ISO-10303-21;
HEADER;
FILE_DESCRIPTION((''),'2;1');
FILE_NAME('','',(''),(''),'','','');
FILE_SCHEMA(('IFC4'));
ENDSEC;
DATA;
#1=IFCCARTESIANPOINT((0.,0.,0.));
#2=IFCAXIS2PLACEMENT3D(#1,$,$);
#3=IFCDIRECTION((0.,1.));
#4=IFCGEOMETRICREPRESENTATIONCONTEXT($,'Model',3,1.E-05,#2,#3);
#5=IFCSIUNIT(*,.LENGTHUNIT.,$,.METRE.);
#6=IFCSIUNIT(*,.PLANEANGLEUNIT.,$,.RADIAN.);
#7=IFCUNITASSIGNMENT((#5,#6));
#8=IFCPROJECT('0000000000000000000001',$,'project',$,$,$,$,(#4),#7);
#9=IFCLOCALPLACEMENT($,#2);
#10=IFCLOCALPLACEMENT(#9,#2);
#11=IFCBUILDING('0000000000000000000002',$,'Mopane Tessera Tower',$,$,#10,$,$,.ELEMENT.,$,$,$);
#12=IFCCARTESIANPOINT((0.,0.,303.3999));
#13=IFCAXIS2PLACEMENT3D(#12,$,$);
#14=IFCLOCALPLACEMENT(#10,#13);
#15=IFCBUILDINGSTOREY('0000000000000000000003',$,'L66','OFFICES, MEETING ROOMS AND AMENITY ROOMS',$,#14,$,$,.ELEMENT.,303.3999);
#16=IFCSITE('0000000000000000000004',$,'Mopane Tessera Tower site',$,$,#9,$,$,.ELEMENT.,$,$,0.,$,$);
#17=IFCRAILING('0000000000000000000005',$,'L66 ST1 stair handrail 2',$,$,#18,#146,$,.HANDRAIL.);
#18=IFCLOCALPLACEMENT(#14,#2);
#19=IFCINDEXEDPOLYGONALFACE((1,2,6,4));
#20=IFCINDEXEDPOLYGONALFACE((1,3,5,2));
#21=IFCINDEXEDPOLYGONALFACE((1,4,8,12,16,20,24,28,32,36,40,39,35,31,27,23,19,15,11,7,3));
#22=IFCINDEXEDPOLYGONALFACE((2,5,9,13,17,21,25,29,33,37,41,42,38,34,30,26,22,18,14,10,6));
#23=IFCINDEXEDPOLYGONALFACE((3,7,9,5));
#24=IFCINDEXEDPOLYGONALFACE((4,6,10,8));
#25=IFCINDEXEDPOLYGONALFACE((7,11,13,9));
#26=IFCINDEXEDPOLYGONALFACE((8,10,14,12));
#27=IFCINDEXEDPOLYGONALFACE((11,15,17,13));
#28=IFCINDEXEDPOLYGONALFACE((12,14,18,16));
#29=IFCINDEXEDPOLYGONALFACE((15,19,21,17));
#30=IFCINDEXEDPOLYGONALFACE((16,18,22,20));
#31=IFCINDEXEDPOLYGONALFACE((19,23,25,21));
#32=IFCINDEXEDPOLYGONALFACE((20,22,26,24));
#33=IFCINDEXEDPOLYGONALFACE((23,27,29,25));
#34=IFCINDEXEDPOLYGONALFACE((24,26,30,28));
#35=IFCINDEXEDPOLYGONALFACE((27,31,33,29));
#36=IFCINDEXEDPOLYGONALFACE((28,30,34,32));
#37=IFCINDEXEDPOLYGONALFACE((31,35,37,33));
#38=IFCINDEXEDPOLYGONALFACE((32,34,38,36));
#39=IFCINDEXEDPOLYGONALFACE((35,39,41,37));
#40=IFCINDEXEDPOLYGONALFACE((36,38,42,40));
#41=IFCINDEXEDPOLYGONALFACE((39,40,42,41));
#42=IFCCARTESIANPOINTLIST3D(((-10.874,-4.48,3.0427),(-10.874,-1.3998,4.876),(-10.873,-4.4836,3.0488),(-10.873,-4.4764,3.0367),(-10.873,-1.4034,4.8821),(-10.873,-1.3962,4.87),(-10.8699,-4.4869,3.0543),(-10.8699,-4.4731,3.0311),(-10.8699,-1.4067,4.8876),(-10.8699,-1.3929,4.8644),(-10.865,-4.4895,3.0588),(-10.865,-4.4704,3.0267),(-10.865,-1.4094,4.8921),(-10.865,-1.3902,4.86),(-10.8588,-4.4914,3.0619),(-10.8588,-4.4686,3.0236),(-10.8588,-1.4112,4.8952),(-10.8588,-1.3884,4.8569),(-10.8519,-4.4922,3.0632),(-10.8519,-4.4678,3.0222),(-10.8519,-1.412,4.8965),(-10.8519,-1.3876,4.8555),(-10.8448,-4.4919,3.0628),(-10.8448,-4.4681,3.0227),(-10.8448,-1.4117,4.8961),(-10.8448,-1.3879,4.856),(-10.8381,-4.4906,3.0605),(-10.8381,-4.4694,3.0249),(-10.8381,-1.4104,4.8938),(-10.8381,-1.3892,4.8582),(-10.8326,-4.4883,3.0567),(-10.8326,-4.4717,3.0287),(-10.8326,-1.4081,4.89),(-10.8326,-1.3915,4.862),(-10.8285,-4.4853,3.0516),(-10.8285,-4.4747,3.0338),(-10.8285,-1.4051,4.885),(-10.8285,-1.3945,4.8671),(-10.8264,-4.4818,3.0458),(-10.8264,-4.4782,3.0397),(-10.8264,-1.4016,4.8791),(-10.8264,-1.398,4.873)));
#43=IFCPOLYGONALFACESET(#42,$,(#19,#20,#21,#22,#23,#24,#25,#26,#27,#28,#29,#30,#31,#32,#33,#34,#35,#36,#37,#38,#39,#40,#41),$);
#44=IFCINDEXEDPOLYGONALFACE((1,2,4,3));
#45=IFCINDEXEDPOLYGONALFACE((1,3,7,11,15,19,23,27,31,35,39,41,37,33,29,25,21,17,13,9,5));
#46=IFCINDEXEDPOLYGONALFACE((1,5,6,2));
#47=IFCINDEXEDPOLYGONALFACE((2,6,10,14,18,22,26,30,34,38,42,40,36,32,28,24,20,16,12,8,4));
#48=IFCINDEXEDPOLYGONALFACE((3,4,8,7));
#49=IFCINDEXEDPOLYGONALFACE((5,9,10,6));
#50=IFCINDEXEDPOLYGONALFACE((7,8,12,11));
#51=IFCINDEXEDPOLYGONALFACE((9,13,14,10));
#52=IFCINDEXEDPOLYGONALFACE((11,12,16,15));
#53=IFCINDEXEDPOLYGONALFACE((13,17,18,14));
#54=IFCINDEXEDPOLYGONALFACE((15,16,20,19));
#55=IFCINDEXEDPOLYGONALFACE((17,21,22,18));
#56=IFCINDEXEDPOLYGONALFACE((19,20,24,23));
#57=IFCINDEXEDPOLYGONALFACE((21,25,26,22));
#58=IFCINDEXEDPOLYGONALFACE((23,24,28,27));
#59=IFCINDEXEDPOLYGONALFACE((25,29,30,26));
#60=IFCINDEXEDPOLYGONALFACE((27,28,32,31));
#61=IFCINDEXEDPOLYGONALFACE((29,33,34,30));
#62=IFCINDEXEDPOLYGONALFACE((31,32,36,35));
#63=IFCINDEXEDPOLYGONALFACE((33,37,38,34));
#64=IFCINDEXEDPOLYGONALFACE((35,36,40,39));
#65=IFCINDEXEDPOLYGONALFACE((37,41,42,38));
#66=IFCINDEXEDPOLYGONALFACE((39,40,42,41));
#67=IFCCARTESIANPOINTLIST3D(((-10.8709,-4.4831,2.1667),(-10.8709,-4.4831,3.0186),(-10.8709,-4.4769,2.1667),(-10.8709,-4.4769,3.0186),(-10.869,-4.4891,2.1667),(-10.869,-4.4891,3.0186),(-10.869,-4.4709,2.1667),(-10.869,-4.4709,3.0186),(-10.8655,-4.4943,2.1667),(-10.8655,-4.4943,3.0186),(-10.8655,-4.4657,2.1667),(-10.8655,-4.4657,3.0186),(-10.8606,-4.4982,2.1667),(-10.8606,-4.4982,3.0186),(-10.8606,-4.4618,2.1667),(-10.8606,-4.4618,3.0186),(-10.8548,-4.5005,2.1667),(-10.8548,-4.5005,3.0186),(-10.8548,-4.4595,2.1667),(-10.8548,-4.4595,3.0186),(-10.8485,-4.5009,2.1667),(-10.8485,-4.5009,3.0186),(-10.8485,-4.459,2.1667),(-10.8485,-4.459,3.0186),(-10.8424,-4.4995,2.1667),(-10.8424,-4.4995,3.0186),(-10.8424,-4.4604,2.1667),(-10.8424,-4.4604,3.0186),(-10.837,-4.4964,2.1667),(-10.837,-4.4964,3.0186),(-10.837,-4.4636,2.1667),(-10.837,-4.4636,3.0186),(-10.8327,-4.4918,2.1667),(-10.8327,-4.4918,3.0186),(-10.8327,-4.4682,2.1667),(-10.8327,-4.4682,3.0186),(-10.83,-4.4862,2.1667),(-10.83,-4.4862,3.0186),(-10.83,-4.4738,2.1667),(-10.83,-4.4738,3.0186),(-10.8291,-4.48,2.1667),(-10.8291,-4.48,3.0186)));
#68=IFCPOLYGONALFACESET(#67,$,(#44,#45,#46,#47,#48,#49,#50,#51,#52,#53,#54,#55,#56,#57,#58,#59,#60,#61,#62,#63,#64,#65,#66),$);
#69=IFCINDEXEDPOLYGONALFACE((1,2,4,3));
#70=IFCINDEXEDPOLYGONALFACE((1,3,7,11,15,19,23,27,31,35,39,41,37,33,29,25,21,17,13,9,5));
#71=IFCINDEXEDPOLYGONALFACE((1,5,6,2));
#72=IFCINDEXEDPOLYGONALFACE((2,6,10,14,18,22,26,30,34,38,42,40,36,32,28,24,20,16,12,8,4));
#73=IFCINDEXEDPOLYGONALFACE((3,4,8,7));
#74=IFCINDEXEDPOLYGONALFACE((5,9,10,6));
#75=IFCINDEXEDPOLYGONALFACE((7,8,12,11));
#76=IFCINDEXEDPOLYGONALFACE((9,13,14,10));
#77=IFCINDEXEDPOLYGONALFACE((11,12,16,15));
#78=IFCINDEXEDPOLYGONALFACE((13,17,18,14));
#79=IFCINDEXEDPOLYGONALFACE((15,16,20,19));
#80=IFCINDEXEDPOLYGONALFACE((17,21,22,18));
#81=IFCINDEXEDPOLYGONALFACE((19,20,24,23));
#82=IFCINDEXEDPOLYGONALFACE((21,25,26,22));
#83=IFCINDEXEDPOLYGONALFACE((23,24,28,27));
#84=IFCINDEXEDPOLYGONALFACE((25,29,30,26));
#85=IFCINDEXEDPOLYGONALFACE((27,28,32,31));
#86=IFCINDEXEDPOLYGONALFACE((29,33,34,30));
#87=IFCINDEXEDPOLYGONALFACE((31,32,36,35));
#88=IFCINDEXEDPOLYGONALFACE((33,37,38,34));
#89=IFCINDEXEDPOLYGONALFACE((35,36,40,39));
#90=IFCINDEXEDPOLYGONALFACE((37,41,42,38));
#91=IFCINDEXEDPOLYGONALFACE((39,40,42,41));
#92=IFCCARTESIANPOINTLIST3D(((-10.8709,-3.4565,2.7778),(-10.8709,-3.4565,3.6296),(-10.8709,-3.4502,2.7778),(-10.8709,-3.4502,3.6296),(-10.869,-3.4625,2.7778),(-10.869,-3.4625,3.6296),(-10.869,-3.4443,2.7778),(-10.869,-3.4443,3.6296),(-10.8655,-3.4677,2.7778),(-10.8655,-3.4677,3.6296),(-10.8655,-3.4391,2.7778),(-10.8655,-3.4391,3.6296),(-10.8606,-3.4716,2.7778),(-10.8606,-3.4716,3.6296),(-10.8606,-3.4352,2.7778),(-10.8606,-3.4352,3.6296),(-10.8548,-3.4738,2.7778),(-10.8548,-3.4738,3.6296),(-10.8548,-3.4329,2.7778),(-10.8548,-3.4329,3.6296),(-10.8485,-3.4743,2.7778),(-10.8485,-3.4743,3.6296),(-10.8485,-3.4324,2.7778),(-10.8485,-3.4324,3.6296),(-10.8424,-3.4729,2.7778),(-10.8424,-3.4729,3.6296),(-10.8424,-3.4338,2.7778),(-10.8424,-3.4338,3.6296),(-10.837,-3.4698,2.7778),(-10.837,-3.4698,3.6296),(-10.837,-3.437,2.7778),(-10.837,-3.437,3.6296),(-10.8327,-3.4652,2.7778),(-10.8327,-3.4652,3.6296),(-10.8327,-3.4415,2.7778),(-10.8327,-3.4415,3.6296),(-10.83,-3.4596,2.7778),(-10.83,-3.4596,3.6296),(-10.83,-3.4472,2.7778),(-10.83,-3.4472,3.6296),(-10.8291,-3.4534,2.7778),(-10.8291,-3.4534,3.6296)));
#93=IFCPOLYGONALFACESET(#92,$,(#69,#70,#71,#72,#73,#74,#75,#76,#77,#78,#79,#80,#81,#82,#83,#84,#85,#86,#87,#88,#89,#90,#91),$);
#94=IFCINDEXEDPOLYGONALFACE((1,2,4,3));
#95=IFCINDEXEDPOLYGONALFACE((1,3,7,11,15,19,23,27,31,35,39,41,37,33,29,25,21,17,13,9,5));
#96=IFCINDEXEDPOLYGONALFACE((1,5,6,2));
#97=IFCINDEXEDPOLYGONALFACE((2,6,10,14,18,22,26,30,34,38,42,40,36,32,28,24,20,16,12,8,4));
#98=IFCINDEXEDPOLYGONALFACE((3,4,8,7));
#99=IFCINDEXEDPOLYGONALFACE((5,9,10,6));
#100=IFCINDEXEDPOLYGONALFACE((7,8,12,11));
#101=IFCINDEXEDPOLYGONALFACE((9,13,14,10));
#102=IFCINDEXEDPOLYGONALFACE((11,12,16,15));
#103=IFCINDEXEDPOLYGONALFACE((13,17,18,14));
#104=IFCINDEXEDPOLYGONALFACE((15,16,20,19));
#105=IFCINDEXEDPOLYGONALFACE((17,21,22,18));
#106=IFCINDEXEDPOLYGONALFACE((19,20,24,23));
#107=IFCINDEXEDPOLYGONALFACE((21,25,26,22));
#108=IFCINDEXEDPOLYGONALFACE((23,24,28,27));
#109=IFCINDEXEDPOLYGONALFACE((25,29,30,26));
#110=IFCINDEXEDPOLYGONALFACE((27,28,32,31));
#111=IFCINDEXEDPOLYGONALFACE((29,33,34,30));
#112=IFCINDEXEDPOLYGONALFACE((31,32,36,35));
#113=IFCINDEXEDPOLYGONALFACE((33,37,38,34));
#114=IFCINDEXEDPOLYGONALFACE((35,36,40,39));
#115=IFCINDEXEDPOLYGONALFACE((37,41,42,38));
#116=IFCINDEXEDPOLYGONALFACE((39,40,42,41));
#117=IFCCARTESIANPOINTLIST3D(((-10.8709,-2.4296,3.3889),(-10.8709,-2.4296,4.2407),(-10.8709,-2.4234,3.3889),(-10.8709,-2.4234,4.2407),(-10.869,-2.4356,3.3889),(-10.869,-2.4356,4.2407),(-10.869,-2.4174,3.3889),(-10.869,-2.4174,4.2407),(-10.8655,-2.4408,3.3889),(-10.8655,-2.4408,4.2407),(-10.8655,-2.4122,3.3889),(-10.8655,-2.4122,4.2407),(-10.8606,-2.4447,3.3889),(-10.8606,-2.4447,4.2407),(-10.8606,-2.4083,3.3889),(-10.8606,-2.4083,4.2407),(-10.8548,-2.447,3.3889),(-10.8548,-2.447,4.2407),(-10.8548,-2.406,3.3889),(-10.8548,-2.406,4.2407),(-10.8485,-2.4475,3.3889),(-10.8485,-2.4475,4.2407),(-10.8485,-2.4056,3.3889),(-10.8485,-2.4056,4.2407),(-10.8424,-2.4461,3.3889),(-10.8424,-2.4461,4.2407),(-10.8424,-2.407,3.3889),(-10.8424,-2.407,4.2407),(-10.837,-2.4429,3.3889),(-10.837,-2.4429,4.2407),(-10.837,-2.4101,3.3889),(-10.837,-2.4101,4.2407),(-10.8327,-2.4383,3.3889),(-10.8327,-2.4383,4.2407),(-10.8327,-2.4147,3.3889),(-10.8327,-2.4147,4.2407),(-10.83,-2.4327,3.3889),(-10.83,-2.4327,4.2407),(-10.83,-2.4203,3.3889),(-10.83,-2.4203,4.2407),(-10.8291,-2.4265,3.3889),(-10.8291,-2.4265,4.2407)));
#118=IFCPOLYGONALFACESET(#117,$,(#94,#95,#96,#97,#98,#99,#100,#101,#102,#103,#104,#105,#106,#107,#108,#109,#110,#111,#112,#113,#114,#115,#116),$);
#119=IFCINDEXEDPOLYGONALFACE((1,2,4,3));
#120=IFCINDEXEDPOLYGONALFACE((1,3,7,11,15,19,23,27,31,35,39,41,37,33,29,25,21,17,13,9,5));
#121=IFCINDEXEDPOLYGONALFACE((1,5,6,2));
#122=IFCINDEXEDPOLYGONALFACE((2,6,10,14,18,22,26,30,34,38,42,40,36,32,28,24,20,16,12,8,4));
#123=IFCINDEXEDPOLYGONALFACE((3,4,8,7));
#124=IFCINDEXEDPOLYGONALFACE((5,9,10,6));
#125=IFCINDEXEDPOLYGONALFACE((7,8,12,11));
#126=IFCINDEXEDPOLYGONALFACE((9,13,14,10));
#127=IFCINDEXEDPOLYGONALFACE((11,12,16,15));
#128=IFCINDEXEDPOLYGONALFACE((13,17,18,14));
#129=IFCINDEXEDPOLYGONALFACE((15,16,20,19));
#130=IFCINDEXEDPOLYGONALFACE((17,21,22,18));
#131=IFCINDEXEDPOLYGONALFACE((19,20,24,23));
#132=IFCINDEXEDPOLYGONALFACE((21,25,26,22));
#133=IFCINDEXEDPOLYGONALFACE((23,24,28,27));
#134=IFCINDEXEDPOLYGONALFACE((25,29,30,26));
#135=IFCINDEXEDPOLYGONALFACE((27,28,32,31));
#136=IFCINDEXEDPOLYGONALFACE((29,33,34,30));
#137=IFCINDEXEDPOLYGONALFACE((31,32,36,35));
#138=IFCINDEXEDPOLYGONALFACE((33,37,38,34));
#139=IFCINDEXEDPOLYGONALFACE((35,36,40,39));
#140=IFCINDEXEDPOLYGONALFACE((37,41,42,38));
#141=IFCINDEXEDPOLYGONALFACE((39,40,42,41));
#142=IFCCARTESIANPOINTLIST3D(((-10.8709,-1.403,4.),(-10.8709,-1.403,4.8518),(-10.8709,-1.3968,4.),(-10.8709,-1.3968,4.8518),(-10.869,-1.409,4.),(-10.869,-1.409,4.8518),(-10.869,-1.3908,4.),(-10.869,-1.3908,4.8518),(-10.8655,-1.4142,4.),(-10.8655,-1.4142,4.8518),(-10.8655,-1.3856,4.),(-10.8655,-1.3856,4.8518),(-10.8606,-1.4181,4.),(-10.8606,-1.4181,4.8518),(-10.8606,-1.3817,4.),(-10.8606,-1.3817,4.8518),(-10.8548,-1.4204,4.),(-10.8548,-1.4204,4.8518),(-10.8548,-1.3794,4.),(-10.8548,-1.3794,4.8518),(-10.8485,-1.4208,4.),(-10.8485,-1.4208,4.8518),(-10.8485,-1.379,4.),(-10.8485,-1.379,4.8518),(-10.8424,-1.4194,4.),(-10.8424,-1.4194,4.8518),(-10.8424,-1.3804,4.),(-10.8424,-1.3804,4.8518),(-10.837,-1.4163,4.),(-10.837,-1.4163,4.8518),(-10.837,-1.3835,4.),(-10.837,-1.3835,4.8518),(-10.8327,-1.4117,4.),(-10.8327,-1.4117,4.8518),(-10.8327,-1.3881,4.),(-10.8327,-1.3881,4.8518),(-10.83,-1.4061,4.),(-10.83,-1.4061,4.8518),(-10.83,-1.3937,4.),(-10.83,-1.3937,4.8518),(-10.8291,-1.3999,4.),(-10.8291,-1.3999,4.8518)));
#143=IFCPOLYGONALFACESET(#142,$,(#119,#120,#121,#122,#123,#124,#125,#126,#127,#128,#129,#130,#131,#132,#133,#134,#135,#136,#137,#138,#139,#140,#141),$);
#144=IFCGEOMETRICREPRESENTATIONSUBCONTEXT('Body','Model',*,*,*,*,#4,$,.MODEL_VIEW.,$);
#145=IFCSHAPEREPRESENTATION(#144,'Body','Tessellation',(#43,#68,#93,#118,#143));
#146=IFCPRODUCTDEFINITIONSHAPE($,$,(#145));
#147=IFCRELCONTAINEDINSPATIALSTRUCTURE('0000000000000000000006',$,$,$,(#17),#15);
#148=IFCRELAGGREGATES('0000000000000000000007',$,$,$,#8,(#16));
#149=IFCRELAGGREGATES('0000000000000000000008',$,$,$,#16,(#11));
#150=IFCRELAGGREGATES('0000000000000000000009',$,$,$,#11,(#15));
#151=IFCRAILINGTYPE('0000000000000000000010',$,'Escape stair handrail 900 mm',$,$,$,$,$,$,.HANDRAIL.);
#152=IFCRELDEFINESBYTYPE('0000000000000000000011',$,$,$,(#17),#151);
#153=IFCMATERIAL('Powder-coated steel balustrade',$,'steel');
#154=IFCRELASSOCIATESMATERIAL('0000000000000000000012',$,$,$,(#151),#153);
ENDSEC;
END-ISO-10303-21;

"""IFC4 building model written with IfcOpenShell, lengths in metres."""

from ifc_helpers import new_model, si_unit, direction, frame, origin, origin_2d, place, context, subcontext, project, spatial, circle, extrude, material, type_object, element, save


model = new_model("IFC4")

# Units and contexts
model_context = context("Model", 3, precision=1e-05, world=origin(), true_north=direction((0.0, 1.0)))
body_context = subcontext(model_context, "Body", "Model", "MODEL_VIEW")
ifc_project = project(units=[si_unit("LENGTHUNIT", "METRE"), si_unit("PLANEANGLEUNIT", "RADIAN")], contexts=[model_context])

# Site, building, storey
site_placement = place(None, origin())
site = spatial("IfcSite", under=ifc_project, at=site_placement, Name="Mopane Tessera Tower site", CompositionType="ELEMENT", RefElevation=0.0)
building_placement = place(site_placement, origin())
building = spatial("IfcBuilding", under=site, at=building_placement, Name="Mopane Tessera Tower", CompositionType="ELEMENT")
storey_placement = place(building_placement, frame((0.0, 0.0, 303.3999)))
storey = spatial("IfcBuildingStorey", under=building, at=storey_placement, Name="L66", Description="OFFICES, MEETING ROOMS AND AMENITY ROOMS", CompositionType="ELEMENT", Elevation=303.3999)

# Railing
ifc_material_1 = material(Name="Powder-coated steel balustrade", Category="steel")
railing_type_1 = type_object("IfcRailingType", Name="Escape stair handrail 900 mm", PredefinedType="HANDRAIL", material=ifc_material_1)
railing_1_placement = place(storey_placement, frame((-10.8501, -4.48, 2.1667)))
element("IfcRailing", 1, at=railing_1_placement, inside=storey, type_object=railing_type_1, Name="L66 ST1 stair handrail 2", PredefinedType="HANDRAIL", context=body_context, shape_type="SweptSolid", body=[
    extrude(circle(Radius=0.0239, at=origin_2d()), frame((0.0, 0.0, 0.876), z_axis=(0.0, 0.859309, 0.511458), x_axis=(-1.0, 0.0, 0.0)), (0.0, 0.0, 1.0), 3.5845),
    extrude(circle(Radius=0.021, at=origin_2d()), origin(), (0.0, 0.0, 1.0), 0.8518),
    extrude(circle(Radius=0.021, at=origin_2d()), frame((0.0, 1.0266, 0.6111)), (0.0, 0.0, 1.0), 0.8518),
    extrude(circle(Radius=0.021, at=origin_2d()), frame((0.0, 2.0535, 1.2222)), (0.0, 0.0, 1.0), 0.8518),
    extrude(circle(Radius=0.021, at=origin_2d()), frame((0.0, 3.0801, 1.8333)), (0.0, 0.0, 1.0), 0.8518),
])

save(model, "model.ifc")
